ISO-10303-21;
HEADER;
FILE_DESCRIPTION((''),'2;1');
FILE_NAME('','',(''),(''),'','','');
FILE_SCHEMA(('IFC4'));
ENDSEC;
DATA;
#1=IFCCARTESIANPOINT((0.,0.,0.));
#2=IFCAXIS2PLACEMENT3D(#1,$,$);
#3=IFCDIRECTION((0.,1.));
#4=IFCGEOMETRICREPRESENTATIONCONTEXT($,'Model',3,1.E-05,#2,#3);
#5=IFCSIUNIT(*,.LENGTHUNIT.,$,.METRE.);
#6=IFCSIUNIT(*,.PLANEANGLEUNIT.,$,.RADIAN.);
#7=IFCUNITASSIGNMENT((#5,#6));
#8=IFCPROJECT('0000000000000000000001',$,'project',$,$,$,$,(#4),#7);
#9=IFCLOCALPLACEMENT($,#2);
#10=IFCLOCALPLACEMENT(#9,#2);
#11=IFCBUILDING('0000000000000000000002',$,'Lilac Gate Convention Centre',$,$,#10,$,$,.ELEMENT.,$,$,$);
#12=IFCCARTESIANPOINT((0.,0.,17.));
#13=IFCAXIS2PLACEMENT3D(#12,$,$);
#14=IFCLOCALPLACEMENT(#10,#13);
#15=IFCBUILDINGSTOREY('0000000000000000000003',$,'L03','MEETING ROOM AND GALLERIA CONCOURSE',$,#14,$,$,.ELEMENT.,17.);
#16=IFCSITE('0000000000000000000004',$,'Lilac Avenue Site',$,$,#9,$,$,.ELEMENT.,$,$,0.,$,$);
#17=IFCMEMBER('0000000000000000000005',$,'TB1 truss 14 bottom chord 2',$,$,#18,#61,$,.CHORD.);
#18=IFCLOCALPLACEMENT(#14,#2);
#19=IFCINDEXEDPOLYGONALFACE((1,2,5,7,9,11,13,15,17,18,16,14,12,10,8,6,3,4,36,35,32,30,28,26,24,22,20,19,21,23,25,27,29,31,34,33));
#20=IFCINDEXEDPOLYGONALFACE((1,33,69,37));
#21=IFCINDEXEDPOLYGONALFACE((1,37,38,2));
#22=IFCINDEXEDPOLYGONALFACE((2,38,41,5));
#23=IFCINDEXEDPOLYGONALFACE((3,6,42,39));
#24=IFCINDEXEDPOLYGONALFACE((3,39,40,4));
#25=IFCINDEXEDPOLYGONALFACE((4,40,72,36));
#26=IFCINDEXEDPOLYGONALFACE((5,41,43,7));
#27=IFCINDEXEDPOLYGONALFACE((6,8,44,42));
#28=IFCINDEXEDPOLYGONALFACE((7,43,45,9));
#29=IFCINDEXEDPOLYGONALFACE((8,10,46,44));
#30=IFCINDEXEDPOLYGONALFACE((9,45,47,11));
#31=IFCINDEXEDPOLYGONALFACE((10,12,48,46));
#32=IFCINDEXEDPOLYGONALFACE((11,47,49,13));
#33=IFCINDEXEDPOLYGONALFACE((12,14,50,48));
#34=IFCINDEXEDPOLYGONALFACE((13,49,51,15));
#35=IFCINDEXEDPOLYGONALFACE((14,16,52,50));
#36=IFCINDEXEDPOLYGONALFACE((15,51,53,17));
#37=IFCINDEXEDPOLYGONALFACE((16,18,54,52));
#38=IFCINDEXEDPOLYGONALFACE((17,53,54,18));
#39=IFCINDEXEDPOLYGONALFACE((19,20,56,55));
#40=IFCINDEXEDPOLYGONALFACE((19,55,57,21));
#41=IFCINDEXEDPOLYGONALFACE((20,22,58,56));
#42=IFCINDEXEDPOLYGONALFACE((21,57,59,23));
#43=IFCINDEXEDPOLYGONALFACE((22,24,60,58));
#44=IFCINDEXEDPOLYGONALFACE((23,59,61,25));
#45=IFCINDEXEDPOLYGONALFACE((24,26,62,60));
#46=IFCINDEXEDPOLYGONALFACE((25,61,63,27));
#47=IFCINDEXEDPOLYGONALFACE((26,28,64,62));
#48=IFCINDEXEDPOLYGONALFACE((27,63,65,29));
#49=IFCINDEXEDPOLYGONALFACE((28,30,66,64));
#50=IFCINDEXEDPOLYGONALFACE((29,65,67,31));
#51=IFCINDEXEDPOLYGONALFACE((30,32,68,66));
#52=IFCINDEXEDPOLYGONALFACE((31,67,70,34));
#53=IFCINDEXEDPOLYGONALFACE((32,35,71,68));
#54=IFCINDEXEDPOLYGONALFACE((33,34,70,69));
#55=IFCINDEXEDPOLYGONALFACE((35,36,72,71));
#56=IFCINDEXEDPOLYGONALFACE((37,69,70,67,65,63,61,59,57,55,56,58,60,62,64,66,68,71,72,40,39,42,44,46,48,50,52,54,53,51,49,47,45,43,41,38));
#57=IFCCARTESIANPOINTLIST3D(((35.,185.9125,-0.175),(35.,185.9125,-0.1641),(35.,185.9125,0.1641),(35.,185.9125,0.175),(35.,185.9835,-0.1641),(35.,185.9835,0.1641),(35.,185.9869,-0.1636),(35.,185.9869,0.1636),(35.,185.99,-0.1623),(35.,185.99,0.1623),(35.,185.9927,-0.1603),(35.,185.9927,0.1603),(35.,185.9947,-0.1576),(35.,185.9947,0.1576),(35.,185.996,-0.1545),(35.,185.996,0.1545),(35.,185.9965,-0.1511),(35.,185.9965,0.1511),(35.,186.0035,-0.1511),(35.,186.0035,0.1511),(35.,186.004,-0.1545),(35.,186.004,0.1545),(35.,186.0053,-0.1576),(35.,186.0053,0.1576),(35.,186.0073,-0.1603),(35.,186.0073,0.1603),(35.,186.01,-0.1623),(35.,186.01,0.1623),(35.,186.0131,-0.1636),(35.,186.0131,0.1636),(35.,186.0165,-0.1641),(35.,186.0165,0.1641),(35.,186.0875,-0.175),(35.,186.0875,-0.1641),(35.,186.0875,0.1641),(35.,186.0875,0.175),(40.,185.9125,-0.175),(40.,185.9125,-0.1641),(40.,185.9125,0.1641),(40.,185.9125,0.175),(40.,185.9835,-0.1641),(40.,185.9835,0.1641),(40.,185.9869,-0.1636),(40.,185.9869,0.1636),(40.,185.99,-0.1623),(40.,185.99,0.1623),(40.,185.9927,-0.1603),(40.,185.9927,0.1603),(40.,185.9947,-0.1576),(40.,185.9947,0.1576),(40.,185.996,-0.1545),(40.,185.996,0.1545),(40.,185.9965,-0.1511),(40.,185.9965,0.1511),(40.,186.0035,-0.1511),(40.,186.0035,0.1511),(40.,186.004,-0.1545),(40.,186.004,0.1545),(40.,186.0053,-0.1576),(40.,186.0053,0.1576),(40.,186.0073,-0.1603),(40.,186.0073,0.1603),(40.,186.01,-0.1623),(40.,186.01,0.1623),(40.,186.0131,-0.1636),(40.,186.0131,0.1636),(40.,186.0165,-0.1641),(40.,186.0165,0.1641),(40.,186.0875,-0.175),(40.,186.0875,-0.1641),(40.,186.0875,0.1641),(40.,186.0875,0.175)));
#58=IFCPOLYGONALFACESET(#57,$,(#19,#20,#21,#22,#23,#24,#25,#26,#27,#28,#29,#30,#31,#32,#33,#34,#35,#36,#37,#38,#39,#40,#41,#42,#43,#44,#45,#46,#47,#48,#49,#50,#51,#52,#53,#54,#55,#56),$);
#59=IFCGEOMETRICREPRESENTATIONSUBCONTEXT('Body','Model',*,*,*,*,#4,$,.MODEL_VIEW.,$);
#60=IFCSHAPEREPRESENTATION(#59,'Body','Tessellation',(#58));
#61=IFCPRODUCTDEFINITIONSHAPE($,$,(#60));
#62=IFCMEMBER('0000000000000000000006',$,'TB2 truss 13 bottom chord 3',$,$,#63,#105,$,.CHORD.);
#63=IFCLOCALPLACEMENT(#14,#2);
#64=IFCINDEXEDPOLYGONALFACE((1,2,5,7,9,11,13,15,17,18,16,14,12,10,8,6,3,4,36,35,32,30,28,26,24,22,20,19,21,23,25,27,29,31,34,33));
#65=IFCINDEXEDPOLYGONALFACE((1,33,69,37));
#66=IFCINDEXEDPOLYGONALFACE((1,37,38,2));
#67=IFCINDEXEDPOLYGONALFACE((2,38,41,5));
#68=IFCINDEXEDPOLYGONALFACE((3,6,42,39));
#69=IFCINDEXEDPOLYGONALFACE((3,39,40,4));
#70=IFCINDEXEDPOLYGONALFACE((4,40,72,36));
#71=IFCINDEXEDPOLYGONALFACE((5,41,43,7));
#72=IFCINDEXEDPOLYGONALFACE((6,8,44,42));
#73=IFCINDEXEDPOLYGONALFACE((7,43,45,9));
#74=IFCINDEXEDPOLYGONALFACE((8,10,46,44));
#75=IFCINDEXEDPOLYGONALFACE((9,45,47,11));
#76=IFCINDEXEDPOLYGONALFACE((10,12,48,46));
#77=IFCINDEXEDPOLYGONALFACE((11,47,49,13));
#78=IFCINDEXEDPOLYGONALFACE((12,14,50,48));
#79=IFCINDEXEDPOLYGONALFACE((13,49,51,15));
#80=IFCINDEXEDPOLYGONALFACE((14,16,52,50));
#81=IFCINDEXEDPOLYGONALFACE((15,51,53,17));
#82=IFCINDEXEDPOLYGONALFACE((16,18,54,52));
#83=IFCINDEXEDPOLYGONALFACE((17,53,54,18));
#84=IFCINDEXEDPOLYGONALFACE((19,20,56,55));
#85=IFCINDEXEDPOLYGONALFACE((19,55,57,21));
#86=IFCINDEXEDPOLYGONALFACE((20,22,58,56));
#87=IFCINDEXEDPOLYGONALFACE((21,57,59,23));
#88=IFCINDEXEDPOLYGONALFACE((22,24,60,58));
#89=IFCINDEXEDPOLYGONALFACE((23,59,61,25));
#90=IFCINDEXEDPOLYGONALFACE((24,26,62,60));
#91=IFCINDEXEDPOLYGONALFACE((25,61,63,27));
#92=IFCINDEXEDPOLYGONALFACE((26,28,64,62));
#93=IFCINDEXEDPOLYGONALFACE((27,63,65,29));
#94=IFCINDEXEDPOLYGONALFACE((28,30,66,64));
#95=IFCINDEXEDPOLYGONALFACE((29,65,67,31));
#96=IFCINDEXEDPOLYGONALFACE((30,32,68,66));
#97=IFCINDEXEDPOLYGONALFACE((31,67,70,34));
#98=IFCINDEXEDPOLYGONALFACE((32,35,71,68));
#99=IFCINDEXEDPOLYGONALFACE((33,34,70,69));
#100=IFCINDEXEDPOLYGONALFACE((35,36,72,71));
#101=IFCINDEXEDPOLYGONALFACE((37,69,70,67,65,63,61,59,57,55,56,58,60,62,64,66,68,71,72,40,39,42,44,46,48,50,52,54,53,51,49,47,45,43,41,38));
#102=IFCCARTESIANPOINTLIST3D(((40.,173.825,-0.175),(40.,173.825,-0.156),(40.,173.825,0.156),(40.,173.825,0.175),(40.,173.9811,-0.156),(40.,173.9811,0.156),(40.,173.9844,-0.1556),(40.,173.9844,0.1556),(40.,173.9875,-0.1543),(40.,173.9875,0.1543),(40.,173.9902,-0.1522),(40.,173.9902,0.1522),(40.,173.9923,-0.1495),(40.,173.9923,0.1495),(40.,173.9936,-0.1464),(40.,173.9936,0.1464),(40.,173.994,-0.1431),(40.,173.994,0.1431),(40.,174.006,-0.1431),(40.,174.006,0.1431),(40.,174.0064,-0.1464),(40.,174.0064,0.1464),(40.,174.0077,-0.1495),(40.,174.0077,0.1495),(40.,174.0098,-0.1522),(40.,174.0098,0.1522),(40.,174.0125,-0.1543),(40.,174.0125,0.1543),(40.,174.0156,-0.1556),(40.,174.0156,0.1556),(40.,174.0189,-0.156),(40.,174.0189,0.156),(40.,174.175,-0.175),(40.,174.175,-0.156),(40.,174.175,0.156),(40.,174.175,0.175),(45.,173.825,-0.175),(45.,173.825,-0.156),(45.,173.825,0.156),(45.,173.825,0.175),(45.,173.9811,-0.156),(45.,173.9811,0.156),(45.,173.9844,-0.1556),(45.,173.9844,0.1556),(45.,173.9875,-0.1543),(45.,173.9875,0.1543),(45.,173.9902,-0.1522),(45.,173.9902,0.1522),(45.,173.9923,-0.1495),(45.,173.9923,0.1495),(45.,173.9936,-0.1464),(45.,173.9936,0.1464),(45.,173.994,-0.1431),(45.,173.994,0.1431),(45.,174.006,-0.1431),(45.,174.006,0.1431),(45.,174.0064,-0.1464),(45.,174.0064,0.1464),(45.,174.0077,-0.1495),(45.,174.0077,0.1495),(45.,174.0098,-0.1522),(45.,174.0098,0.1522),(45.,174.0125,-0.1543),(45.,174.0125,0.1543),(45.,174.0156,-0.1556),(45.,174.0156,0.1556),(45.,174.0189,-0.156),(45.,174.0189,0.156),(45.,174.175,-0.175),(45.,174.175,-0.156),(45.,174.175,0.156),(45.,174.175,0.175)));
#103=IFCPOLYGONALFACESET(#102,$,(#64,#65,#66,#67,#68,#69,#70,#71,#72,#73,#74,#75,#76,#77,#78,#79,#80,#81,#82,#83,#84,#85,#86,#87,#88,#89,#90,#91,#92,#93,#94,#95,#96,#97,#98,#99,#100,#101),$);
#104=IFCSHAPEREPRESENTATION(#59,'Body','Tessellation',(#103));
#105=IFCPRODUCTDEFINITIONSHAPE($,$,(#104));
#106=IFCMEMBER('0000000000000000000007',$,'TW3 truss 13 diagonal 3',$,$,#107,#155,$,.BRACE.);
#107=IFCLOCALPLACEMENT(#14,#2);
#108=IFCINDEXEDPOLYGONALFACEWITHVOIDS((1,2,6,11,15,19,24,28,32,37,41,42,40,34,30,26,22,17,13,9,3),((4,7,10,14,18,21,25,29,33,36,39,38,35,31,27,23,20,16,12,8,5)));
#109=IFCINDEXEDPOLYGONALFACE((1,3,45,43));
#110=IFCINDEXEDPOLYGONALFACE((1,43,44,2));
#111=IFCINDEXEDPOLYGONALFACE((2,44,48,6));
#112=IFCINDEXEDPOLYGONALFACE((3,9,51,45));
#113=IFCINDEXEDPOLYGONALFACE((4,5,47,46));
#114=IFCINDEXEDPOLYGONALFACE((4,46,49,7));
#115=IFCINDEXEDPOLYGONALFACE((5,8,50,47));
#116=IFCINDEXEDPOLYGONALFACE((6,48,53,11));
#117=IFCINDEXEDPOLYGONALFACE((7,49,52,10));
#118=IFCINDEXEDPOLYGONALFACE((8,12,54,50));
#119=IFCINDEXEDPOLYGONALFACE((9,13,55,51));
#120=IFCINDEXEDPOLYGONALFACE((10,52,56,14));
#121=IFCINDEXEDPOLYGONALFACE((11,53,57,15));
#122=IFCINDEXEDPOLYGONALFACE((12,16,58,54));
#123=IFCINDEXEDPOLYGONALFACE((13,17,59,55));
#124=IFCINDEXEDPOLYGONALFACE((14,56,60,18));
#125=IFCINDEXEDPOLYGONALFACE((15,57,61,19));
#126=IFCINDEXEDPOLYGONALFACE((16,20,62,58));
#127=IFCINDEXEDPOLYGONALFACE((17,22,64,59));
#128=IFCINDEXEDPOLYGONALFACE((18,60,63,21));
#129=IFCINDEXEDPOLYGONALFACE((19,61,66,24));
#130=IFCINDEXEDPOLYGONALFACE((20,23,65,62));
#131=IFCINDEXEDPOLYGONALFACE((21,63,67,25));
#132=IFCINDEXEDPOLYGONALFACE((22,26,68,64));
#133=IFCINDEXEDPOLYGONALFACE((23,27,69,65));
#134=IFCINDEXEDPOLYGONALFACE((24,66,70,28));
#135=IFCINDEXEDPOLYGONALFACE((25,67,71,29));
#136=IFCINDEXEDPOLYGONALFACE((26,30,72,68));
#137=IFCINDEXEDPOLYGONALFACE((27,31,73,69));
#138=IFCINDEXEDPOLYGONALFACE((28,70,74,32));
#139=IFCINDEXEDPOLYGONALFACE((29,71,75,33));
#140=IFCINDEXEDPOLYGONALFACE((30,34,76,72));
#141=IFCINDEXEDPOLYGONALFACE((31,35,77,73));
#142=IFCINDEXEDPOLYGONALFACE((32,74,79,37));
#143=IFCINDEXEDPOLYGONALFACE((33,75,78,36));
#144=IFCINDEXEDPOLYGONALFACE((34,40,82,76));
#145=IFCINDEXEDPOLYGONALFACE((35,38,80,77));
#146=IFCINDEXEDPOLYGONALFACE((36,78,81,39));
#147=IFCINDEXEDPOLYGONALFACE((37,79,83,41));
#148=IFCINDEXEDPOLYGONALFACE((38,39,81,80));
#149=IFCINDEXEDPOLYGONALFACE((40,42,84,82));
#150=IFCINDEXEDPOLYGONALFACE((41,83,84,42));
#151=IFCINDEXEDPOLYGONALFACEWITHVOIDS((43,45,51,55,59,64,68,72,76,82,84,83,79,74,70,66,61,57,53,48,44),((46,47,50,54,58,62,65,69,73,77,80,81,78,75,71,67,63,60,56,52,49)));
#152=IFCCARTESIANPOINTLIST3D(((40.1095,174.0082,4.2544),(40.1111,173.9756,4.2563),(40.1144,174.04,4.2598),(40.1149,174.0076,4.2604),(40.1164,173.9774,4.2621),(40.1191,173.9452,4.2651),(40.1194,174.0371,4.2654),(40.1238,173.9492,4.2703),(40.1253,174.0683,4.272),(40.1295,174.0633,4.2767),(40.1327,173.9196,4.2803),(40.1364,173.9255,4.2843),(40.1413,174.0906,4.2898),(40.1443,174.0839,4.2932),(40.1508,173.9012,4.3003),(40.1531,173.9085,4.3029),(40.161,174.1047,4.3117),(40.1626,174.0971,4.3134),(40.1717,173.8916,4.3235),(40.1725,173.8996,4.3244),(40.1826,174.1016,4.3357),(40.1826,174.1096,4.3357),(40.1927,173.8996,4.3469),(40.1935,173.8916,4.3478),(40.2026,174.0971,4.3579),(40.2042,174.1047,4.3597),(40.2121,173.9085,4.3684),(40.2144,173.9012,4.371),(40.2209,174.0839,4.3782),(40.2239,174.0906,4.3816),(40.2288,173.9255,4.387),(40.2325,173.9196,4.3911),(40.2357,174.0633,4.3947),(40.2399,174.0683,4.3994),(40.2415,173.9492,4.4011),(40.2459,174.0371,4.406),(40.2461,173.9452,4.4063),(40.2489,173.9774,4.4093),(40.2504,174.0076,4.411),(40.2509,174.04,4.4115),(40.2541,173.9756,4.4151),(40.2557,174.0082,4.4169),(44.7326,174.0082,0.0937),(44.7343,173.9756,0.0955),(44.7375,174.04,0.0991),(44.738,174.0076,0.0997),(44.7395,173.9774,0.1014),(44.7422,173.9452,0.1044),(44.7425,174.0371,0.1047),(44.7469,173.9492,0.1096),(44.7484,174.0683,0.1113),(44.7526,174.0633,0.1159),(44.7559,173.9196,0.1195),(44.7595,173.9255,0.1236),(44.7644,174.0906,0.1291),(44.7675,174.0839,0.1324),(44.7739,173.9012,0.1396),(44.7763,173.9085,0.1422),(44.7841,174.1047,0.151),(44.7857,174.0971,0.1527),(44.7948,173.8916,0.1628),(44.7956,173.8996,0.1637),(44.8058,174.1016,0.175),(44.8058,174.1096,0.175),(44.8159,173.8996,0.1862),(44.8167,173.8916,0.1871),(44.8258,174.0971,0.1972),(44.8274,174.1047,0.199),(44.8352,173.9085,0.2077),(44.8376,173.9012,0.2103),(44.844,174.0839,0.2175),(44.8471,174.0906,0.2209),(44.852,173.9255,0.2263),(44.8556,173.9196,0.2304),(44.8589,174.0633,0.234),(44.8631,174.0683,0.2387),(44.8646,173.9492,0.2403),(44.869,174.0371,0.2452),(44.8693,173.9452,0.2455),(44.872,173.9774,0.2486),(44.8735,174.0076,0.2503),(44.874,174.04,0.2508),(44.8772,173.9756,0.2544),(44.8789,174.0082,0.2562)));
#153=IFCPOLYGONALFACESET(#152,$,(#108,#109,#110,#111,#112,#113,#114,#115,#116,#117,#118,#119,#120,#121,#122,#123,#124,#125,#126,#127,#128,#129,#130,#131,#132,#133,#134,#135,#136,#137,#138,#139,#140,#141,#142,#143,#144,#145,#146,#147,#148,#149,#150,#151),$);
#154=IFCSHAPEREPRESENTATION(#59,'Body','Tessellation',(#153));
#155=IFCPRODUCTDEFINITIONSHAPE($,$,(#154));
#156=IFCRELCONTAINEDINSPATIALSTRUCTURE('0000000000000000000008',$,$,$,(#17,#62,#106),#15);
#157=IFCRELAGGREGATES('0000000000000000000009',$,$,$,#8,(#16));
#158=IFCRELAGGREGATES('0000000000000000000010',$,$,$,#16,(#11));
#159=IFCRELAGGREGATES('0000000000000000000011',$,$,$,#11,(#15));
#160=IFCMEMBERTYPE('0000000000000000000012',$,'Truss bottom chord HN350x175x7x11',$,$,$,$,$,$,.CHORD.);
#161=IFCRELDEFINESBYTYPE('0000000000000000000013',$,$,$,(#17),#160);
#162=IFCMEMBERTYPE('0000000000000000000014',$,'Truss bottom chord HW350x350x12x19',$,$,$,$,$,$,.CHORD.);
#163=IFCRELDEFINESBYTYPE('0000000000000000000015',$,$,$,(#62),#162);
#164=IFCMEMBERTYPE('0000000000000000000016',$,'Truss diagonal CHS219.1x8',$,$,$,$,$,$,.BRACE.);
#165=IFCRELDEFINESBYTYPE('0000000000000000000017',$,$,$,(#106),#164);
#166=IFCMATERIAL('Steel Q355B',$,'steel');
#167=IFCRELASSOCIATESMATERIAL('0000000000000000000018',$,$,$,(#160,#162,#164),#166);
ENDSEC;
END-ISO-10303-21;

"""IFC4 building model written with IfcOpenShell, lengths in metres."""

from ifc_helpers import new_model, si_unit, direction, frame, origin, origin_2d, place, context, subcontext, project, spatial, hollow_circle, i_section, extrude, material, material_profile, profile_set, type_object, element, save


model = new_model("IFC4")

# Units and contexts
model_context = context("Model", 3, precision=1e-05, world=origin(), true_north=direction((0.0, 1.0)))
body_context = subcontext(model_context, "Body", "Model", "MODEL_VIEW")
ifc_project = project(units=[si_unit("LENGTHUNIT", "METRE"), si_unit("PLANEANGLEUNIT", "RADIAN")], contexts=[model_context])

# Site, building, storey
site_placement = place(None, origin())
site = spatial("IfcSite", under=ifc_project, at=site_placement, Name="Lilac Avenue Site", CompositionType="ELEMENT", RefElevation=0.0)
building_placement = place(site_placement, origin())
building = spatial("IfcBuilding", under=site, at=building_placement, Name="Lilac Gate Convention Centre", CompositionType="ELEMENT")
storey_placement = place(building_placement, frame((0.0, 0.0, 17.0)))
storey = spatial("IfcBuildingStorey", under=building, at=storey_placement, Name="L03", Description="MEETING ROOM AND GALLERIA CONCOURSE", CompositionType="ELEMENT", Elevation=17.0)

# Members
ifc_material = material(Name="Steel Q355B", Category="steel")
ifc_material_profile_1 = material_profile(ifc_material, i_section(OverallWidth=0.175, OverallDepth=0.3501, WebThickness=0.0071, FlangeThickness=0.011, FilletRadius=0.0129, at=origin_2d()), Name="HN350x175x7x11")
ifc_profile_set_1 = profile_set([ifc_material_profile_1], Name="Steel Q355B")
member_type_1 = type_object("IfcMemberType", Name="Truss bottom chord HN350x175x7x11", PredefinedType="CHORD", material=ifc_profile_set_1)
for number, where, z_axis, x_axis, name in (
    (1, (35.0, 186.0, 0.0), (1.0, 0.0, 0.0), (0.0, 1.0, 0.0), "TB1 truss 14 bottom chord 2"),
):
    element("IfcMember", number, at=place(storey_placement, frame(where, z_axis=z_axis, x_axis=x_axis)), inside=storey, type_object=member_type_1, Name=name, PredefinedType="CHORD", context=body_context, shape_type="SweptSolid", body=[
        extrude(i_section(OverallWidth=0.175, OverallDepth=0.3501, WebThickness=0.0071, FlangeThickness=0.011, FilletRadius=0.0129, at=origin_2d()), origin(), (0.0, 0.0, 1.0), 5.0),
    ])
ifc_material_profile_2 = material_profile(ifc_material, i_section(OverallWidth=0.3501, OverallDepth=0.3501, WebThickness=0.012, FlangeThickness=0.019, FilletRadius=0.0129, at=origin_2d()), Name="HW350x350x12x19")
ifc_profile_set_2 = profile_set([ifc_material_profile_2], Name="Steel Q355B")
member_type_2 = type_object("IfcMemberType", Name="Truss bottom chord HW350x350x12x19", PredefinedType="CHORD", material=ifc_profile_set_2)
member_1_placement = place(storey_placement, frame((40.0, 174.0, 0.0), z_axis=(1.0, 0.0, 0.0), x_axis=(0.0, 1.0, 0.0)))
element("IfcMember", 2, at=member_1_placement, inside=storey, type_object=member_type_2, Name="TB2 truss 13 bottom chord 3", PredefinedType="CHORD", context=body_context, shape_type="SweptSolid", body=[
    extrude(i_section(OverallWidth=0.3501, OverallDepth=0.3501, WebThickness=0.012, FlangeThickness=0.019, FilletRadius=0.0129, at=origin_2d()), origin(), (0.0, 0.0, 1.0), 5.0),
])
ifc_material_profile_3 = material_profile(ifc_material, hollow_circle(Radius=0.1096, WallThickness=0.0081, at=origin_2d()), Name="CHS219.1x8")
ifc_profile_set_3 = profile_set([ifc_material_profile_3], Name="Steel Q355B")
member_type_3 = type_object("IfcMemberType", Name="Truss diagonal CHS219.1x8", PredefinedType="BRACE", material=ifc_profile_set_3)
member_2_placement = place(storey_placement, frame((40.1826, 174.0, 4.3357), z_axis=(0.743302, 0.0, -0.668956), x_axis=(0.0, 1.0, 0.0)))
element("IfcMember", 3, at=member_2_placement, inside=storey, type_object=member_type_3, Name="TW3 truss 13 diagonal 3", PredefinedType="BRACE", context=body_context, shape_type="SweptSolid", body=[
    extrude(hollow_circle(Radius=0.1096, WallThickness=0.0081, at=origin_2d()), origin(), (0.0, 0.0, 1.0), 6.2197),
])

save(model, "model.ifc")
